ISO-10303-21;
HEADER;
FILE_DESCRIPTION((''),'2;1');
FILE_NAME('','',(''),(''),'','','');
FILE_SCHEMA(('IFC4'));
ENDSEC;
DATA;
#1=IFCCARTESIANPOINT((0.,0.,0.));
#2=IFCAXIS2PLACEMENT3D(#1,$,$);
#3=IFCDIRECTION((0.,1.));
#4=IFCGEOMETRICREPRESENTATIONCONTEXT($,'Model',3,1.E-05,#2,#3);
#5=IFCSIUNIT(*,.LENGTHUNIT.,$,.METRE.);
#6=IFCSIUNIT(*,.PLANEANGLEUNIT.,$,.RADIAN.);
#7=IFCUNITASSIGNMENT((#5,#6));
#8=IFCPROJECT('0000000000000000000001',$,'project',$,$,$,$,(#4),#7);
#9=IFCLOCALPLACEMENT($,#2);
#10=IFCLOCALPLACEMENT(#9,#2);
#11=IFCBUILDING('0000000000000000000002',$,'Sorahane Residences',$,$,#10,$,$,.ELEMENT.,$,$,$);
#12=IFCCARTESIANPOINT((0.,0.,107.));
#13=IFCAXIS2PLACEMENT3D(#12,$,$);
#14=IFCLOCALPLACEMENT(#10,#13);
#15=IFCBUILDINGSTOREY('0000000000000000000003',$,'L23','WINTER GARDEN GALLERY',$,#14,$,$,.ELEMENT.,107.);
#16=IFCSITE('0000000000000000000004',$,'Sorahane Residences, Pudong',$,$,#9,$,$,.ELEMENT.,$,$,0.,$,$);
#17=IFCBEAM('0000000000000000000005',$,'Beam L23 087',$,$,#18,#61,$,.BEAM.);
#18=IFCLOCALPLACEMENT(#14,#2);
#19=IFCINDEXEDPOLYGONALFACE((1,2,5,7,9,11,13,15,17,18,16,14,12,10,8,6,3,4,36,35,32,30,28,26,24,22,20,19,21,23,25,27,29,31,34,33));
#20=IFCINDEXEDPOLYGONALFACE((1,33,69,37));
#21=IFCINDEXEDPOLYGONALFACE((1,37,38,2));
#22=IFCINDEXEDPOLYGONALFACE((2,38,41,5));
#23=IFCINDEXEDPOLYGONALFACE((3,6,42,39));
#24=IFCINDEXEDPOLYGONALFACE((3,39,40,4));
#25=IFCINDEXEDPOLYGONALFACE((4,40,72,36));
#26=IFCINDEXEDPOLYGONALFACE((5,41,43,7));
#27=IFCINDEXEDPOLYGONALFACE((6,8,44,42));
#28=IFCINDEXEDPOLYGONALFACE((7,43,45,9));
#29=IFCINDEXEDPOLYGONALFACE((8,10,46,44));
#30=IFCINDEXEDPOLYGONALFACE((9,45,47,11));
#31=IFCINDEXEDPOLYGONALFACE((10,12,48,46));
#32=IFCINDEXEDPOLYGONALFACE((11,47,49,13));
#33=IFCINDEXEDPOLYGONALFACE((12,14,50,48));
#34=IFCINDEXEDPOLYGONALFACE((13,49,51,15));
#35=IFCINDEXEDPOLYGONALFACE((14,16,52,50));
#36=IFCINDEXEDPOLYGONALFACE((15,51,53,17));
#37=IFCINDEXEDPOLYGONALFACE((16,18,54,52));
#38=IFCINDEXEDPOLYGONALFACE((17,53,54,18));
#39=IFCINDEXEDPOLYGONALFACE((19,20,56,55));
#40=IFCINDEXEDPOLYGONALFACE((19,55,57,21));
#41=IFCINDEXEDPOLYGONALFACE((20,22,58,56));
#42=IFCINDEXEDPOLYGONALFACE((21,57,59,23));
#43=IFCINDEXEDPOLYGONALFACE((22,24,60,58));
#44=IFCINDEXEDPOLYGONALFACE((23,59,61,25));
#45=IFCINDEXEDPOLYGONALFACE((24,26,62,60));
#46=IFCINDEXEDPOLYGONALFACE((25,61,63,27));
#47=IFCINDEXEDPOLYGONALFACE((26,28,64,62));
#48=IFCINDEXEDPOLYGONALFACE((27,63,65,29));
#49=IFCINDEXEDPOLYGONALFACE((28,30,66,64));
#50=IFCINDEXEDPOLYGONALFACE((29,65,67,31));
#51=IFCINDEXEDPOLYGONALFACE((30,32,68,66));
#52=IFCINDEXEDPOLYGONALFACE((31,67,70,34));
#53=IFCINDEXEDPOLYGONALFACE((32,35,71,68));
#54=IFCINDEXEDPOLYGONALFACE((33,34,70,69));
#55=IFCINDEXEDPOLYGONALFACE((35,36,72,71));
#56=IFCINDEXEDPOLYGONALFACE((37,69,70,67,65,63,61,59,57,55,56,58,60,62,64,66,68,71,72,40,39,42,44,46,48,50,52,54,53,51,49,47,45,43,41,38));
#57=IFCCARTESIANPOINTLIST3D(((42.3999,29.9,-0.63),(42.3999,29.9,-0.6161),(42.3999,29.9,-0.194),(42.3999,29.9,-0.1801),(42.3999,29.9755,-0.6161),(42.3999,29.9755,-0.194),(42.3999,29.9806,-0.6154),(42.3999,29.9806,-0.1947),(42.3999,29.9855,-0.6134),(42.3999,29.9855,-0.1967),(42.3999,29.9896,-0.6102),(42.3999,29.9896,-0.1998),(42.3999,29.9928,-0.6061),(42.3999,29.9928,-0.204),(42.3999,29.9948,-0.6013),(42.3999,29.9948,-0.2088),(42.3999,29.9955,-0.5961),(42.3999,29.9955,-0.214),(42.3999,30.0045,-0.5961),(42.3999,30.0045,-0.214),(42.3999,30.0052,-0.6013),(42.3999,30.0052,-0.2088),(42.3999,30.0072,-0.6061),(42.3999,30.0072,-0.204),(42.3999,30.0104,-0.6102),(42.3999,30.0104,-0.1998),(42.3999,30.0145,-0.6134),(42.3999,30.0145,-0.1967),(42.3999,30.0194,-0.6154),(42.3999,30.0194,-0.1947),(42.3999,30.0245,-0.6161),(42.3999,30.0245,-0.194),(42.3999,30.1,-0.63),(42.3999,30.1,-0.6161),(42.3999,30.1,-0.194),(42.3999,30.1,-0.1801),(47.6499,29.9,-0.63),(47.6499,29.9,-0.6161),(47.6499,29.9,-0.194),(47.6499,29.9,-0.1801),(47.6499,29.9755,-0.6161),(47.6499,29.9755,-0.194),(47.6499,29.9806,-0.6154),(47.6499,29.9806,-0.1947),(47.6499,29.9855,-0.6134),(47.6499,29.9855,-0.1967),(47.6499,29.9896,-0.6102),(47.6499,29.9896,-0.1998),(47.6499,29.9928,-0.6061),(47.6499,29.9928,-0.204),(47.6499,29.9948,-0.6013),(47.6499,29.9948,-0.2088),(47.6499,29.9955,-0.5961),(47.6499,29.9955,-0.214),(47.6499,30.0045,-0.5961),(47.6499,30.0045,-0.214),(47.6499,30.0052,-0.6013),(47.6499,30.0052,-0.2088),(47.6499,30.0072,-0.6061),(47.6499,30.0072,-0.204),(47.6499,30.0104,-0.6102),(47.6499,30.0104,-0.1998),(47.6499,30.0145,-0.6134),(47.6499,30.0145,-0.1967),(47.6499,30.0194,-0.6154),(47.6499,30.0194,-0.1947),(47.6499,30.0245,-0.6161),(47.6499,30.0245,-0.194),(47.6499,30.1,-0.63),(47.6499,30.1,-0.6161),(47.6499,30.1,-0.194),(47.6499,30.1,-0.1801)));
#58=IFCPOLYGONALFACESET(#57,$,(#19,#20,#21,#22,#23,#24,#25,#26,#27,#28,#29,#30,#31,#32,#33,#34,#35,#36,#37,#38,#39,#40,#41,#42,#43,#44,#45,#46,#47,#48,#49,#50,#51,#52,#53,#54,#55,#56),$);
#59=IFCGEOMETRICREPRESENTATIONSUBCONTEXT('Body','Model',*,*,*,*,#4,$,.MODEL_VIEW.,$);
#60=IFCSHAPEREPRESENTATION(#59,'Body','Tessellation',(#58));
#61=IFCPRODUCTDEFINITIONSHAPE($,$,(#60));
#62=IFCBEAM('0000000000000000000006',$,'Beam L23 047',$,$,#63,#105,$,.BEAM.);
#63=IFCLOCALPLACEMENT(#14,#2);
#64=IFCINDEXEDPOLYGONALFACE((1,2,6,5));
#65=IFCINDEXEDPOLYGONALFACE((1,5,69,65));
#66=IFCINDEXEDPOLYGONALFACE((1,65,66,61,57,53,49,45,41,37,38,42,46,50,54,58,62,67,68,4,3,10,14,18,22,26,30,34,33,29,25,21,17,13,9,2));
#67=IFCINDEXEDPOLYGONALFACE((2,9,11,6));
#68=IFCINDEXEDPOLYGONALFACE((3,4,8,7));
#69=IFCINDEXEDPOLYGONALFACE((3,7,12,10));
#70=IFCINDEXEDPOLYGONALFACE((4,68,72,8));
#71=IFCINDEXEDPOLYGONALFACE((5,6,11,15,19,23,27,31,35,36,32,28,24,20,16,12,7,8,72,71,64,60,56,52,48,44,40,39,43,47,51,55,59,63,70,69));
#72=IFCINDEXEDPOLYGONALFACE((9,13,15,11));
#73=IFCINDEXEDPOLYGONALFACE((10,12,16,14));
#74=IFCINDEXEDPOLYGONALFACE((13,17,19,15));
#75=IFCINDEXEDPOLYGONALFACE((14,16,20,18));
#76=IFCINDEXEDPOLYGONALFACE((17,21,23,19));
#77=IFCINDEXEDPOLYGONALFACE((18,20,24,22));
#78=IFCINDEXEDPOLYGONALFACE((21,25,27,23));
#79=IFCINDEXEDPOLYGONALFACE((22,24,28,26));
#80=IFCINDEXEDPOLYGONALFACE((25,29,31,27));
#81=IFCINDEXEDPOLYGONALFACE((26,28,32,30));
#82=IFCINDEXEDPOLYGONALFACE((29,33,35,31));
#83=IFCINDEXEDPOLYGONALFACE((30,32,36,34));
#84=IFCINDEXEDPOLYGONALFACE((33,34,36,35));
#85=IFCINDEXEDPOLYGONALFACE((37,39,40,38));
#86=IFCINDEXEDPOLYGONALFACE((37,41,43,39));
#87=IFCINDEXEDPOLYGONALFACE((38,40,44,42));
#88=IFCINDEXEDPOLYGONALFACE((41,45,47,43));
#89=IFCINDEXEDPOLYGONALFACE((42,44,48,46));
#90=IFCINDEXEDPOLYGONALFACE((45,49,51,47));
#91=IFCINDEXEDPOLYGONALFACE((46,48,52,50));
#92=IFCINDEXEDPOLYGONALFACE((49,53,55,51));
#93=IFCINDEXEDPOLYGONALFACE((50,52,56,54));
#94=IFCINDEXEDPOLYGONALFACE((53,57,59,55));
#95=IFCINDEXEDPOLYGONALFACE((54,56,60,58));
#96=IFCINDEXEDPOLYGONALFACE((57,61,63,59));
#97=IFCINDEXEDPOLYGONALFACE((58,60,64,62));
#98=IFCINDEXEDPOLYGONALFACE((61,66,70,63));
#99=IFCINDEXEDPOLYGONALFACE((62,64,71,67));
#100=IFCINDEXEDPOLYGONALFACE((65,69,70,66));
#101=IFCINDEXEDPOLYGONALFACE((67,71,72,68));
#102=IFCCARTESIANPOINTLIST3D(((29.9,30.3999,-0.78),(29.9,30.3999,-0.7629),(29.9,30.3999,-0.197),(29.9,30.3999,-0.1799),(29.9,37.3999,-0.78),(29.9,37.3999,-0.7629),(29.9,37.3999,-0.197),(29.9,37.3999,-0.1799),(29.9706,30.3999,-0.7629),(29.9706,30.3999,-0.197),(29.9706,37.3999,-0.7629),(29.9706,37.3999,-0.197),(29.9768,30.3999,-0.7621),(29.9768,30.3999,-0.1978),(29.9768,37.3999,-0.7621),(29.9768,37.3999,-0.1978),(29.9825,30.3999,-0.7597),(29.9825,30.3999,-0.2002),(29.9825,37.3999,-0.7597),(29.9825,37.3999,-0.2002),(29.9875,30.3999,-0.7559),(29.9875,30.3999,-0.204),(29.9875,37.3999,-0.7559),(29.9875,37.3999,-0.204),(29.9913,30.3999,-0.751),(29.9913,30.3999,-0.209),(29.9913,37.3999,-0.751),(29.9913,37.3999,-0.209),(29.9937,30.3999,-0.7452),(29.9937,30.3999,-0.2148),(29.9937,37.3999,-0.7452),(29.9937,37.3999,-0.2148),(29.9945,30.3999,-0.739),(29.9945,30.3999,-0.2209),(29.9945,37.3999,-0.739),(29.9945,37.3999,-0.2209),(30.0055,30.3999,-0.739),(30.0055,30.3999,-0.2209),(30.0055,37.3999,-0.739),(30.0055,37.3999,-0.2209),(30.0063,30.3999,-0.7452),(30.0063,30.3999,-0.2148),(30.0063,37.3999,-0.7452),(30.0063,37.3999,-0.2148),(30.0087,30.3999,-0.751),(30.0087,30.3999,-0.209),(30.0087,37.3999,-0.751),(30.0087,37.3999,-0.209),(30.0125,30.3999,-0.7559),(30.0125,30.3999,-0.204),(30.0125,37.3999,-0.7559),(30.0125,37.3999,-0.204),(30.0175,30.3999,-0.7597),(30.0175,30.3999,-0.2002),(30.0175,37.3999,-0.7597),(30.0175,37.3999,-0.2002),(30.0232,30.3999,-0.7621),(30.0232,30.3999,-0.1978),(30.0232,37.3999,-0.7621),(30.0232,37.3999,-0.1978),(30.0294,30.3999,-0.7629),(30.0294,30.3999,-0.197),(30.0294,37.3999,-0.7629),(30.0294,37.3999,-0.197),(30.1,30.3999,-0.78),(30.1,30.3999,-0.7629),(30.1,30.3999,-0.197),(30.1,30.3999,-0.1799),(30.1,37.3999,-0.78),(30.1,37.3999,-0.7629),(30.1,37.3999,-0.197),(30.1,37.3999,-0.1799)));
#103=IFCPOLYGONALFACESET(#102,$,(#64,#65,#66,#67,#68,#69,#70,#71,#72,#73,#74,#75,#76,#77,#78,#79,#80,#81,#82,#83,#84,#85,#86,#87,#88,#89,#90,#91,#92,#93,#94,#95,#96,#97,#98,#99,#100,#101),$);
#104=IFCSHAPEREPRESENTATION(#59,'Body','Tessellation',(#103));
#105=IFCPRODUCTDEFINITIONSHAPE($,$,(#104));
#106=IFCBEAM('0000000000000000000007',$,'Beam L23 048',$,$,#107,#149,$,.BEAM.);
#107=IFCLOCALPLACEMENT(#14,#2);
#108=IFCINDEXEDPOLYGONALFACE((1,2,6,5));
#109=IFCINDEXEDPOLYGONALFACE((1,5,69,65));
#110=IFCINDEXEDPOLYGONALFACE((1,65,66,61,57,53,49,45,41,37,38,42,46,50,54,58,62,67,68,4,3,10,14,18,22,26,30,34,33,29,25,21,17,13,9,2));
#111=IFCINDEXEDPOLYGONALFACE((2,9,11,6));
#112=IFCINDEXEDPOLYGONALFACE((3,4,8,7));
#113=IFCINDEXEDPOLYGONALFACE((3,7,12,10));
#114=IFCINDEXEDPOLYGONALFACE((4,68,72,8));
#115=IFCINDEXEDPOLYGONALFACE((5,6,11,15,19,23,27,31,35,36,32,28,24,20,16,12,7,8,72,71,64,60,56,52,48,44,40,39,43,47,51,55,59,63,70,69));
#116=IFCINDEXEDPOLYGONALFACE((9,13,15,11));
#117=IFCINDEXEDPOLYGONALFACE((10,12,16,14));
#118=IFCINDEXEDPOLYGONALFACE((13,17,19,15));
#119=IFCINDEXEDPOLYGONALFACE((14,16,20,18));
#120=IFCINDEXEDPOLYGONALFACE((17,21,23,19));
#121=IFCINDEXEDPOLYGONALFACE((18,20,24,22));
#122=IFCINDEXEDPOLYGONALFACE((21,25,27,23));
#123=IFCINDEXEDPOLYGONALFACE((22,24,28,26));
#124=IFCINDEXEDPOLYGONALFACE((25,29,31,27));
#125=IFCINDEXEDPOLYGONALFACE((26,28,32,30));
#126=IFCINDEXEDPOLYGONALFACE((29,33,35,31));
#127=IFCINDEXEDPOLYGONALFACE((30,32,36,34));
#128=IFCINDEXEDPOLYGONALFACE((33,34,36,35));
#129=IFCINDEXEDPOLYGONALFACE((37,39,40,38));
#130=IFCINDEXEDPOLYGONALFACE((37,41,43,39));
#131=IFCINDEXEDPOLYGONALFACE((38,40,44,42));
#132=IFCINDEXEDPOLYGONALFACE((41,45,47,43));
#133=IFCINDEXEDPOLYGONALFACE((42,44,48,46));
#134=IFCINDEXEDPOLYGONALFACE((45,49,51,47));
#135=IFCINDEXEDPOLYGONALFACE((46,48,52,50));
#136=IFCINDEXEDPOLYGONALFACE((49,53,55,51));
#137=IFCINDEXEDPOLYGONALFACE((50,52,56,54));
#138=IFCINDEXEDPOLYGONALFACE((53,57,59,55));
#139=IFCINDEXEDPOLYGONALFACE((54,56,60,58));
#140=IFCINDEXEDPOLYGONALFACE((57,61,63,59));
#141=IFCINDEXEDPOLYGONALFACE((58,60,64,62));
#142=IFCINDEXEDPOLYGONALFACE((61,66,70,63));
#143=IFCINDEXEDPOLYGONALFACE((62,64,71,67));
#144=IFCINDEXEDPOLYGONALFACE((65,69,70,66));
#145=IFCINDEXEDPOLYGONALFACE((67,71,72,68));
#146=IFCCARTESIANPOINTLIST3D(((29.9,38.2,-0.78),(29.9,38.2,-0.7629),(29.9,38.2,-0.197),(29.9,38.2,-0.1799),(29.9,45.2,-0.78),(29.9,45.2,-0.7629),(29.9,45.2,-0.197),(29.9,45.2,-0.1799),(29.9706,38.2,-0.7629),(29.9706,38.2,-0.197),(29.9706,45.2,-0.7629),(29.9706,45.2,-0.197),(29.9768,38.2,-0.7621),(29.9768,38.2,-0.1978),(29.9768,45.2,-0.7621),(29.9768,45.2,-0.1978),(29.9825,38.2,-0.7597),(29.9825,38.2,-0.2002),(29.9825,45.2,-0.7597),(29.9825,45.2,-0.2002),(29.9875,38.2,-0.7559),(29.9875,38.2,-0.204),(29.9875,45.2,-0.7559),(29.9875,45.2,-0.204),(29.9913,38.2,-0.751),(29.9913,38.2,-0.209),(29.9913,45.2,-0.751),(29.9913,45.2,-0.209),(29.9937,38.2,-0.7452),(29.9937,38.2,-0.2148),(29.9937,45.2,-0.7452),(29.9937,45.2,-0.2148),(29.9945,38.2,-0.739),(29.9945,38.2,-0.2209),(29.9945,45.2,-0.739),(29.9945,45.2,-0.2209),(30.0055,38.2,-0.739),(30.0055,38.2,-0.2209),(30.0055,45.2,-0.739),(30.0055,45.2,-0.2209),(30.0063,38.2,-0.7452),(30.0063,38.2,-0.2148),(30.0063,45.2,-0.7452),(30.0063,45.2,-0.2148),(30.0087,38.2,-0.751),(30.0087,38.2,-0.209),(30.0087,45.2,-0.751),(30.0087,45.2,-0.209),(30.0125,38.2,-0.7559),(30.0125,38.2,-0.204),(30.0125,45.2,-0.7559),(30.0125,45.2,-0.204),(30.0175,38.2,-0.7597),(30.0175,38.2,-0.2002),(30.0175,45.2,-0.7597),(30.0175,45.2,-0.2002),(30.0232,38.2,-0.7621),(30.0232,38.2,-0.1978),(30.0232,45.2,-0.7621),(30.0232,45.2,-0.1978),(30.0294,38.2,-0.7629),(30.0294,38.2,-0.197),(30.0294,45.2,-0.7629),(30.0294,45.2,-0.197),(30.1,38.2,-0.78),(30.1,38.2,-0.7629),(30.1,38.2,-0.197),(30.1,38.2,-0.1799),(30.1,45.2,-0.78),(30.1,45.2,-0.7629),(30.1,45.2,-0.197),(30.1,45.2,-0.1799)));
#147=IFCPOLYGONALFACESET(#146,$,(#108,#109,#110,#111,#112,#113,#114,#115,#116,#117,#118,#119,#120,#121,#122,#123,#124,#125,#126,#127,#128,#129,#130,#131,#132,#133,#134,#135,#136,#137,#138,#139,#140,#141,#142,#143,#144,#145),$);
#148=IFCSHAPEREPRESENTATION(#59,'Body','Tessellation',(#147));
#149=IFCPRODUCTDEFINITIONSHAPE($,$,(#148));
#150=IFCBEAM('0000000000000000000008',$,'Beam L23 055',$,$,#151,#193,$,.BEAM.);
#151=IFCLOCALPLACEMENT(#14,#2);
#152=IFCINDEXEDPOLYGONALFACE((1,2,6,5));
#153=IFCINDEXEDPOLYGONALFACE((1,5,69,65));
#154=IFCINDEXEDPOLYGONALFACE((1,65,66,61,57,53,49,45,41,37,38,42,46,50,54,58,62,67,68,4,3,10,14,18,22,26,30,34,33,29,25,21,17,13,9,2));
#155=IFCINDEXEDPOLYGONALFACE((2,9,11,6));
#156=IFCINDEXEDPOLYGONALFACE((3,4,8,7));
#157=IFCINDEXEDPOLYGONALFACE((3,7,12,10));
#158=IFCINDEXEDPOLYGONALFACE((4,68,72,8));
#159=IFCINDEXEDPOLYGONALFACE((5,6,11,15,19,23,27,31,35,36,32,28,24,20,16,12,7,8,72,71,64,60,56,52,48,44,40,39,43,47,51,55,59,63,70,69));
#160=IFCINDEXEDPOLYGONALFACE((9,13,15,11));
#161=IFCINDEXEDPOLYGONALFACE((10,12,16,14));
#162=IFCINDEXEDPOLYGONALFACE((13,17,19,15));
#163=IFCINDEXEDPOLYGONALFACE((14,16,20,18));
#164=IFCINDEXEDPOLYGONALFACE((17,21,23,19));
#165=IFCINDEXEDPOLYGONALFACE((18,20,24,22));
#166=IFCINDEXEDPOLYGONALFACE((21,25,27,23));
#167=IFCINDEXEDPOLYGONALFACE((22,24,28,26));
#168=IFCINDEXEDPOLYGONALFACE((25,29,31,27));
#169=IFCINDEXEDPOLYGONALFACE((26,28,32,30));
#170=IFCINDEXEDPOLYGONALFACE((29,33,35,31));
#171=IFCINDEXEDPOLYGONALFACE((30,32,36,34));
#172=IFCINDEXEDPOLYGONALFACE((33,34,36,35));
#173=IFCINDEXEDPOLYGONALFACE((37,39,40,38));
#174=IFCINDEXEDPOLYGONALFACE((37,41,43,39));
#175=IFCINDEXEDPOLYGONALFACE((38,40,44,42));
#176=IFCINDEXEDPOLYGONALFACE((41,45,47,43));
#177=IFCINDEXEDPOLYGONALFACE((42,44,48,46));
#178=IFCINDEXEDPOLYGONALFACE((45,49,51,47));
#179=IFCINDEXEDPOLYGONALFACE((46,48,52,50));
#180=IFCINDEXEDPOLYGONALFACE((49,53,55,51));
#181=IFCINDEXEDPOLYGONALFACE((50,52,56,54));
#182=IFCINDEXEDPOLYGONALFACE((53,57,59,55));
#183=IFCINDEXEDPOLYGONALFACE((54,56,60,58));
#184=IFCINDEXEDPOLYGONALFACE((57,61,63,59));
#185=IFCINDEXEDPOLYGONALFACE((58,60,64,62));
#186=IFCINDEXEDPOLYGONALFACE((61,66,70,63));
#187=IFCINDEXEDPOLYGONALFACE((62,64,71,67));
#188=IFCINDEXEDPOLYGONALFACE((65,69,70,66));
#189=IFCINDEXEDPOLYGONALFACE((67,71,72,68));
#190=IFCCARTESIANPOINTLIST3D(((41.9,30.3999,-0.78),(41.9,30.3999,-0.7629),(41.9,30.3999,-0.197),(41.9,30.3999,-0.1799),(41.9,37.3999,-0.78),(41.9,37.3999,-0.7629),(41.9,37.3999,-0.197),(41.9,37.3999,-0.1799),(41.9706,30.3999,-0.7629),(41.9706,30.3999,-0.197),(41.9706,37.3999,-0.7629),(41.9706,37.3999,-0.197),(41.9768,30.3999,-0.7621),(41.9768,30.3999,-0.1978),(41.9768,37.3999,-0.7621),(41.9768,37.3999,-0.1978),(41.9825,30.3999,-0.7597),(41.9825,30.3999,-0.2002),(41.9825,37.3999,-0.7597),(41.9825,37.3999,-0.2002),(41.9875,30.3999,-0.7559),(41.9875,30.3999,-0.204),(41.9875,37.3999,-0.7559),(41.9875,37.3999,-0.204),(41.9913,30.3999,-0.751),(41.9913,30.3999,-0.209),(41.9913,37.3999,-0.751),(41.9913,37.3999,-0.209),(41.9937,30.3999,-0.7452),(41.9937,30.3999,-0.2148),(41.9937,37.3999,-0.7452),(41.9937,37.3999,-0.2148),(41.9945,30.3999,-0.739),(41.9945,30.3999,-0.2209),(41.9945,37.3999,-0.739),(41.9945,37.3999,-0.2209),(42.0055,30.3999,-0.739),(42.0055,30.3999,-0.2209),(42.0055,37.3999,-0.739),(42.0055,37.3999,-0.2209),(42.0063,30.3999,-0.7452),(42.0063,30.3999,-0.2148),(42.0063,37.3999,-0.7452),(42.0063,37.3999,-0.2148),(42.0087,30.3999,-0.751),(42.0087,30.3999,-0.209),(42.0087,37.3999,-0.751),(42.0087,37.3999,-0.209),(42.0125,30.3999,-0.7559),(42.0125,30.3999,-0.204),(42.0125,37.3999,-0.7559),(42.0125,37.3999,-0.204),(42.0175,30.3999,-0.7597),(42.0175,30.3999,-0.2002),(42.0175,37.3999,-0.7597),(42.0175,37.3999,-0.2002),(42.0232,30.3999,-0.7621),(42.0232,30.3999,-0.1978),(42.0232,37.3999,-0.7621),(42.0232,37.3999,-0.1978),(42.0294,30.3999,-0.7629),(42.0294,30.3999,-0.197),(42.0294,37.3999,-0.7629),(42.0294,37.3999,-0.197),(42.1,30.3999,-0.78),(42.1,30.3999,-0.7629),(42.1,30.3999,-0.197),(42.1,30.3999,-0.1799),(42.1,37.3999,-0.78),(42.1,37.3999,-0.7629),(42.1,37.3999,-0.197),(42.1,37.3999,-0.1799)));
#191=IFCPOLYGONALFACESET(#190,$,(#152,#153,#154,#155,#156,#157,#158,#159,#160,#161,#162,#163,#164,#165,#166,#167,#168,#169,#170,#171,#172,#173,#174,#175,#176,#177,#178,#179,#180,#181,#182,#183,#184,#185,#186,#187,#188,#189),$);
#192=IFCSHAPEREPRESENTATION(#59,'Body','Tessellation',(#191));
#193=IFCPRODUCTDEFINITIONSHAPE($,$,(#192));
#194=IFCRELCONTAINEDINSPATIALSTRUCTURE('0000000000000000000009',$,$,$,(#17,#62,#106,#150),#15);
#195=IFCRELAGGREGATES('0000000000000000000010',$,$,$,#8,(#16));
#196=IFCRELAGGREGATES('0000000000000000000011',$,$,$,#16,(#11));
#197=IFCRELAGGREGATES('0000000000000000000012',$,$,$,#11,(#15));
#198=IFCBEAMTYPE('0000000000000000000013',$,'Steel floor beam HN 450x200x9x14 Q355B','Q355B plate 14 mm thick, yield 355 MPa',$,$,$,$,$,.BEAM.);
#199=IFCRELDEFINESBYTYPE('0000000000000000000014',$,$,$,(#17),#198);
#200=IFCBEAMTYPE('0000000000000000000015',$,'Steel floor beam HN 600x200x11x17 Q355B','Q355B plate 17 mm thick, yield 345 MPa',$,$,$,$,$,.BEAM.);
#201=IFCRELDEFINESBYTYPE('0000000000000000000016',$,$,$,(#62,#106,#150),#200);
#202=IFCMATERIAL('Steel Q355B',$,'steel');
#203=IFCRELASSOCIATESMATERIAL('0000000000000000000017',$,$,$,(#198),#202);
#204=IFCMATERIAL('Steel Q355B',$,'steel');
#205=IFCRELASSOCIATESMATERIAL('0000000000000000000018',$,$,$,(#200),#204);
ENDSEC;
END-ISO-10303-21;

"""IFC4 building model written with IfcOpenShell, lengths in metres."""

from ifc_helpers import new_model, si_unit, direction, frame, origin, origin_2d, place, context, subcontext, project, spatial, i_section, extrude, material, material_profile, profile_set, type_object, element, save


model = new_model("IFC4")

# Units and contexts
model_context = context("Model", 3, precision=1e-05, world=origin(), true_north=direction((0.0, 1.0)))
body_context = subcontext(model_context, "Body", "Model", "MODEL_VIEW")
ifc_project = project(units=[si_unit("LENGTHUNIT", "METRE"), si_unit("PLANEANGLEUNIT", "RADIAN")], contexts=[model_context])

# Site, building, storey
site_placement = place(None, origin())
site = spatial("IfcSite", under=ifc_project, at=site_placement, Name="Sorahane Residences, Pudong", CompositionType="ELEMENT", RefElevation=0.0)
building_placement = place(site_placement, origin())
building = spatial("IfcBuilding", under=site, at=building_placement, Name="Sorahane Residences", CompositionType="ELEMENT")
storey_placement = place(building_placement, frame((0.0, 0.0, 107.0)))
storey = spatial("IfcBuildingStorey", under=building, at=storey_placement, Name="L23", Description="WINTER GARDEN GALLERY", CompositionType="ELEMENT", Elevation=107.0)

# Beams
ifc_material_1 = material(Name="Steel Q355B", Category="steel")
ifc_material_profile_1 = material_profile(ifc_material_1, i_section(OverallWidth=0.2, OverallDepth=0.45, WebThickness=0.009, FlangeThickness=0.0139, FilletRadius=0.02, at=origin_2d()), Name="HN 450x200x9x14")
ifc_profile_set_1 = profile_set([ifc_material_profile_1], Name="Steel Q355B")
beam_type_1 = type_object("IfcBeamType", Name="Steel floor beam HN 450x200x9x14 Q355B", Description="Q355B plate 14 mm thick, yield 355 MPa", PredefinedType="BEAM", material=ifc_profile_set_1)
beam_placement = place(storey_placement, frame((42.3999, 30.0, -0.405), z_axis=(1.0, 0.0, 0.0), x_axis=(0.0, 1.0, 0.0)))
element("IfcBeam", 1, at=beam_placement, inside=storey, type_object=beam_type_1, Name="Beam L23 087", PredefinedType="BEAM", context=body_context, shape_type="SweptSolid", body=[
    extrude(i_section(OverallWidth=0.2, OverallDepth=0.45, WebThickness=0.009, FlangeThickness=0.0139, FilletRadius=0.02, at=origin_2d()), origin(), (0.0, 0.0, 1.0), 5.25),
])
ifc_material_2 = material(Name="Steel Q355B", Category="steel")
ifc_material_profile_2 = material_profile(ifc_material_2, i_section(OverallWidth=0.2, OverallDepth=0.6001, WebThickness=0.011, FlangeThickness=0.0171, FilletRadius=0.0239, at=origin_2d()), Name="HN 600x200x11x17")
ifc_profile_set_2 = profile_set([ifc_material_profile_2], Name="Steel Q355B")
beam_type_2 = type_object("IfcBeamType", Name="Steel floor beam HN 600x200x11x17 Q355B", Description="Q355B plate 17 mm thick, yield 345 MPa", PredefinedType="BEAM", material=ifc_profile_set_2)
for number, where, z_axis, x_axis, name in (
    (2, (30.0, 30.3999, -0.48), (0.0, 1.0, 0.0), (-1.0, 0.0, 0.0), "Beam L23 047"),
    (3, (30.0, 38.2, -0.48), (0.0, 1.0, 0.0), (-1.0, 0.0, 0.0), "Beam L23 048"),
    (4, (42.0, 30.3999, -0.48), (0.0, 1.0, 0.0), (-1.0, 0.0, 0.0), "Beam L23 055"),
):
    element("IfcBeam", number, at=place(storey_placement, frame(where, z_axis=z_axis, x_axis=x_axis)), inside=storey, type_object=beam_type_2, Name=name, PredefinedType="BEAM", context=body_context, shape_type="SweptSolid", body=[
        extrude(i_section(OverallWidth=0.2, OverallDepth=0.6001, WebThickness=0.011, FlangeThickness=0.0171, FilletRadius=0.0239, at=origin_2d()), origin(), (0.0, 0.0, 1.0), 7.0),
    ])

save(model, "model.ifc")
